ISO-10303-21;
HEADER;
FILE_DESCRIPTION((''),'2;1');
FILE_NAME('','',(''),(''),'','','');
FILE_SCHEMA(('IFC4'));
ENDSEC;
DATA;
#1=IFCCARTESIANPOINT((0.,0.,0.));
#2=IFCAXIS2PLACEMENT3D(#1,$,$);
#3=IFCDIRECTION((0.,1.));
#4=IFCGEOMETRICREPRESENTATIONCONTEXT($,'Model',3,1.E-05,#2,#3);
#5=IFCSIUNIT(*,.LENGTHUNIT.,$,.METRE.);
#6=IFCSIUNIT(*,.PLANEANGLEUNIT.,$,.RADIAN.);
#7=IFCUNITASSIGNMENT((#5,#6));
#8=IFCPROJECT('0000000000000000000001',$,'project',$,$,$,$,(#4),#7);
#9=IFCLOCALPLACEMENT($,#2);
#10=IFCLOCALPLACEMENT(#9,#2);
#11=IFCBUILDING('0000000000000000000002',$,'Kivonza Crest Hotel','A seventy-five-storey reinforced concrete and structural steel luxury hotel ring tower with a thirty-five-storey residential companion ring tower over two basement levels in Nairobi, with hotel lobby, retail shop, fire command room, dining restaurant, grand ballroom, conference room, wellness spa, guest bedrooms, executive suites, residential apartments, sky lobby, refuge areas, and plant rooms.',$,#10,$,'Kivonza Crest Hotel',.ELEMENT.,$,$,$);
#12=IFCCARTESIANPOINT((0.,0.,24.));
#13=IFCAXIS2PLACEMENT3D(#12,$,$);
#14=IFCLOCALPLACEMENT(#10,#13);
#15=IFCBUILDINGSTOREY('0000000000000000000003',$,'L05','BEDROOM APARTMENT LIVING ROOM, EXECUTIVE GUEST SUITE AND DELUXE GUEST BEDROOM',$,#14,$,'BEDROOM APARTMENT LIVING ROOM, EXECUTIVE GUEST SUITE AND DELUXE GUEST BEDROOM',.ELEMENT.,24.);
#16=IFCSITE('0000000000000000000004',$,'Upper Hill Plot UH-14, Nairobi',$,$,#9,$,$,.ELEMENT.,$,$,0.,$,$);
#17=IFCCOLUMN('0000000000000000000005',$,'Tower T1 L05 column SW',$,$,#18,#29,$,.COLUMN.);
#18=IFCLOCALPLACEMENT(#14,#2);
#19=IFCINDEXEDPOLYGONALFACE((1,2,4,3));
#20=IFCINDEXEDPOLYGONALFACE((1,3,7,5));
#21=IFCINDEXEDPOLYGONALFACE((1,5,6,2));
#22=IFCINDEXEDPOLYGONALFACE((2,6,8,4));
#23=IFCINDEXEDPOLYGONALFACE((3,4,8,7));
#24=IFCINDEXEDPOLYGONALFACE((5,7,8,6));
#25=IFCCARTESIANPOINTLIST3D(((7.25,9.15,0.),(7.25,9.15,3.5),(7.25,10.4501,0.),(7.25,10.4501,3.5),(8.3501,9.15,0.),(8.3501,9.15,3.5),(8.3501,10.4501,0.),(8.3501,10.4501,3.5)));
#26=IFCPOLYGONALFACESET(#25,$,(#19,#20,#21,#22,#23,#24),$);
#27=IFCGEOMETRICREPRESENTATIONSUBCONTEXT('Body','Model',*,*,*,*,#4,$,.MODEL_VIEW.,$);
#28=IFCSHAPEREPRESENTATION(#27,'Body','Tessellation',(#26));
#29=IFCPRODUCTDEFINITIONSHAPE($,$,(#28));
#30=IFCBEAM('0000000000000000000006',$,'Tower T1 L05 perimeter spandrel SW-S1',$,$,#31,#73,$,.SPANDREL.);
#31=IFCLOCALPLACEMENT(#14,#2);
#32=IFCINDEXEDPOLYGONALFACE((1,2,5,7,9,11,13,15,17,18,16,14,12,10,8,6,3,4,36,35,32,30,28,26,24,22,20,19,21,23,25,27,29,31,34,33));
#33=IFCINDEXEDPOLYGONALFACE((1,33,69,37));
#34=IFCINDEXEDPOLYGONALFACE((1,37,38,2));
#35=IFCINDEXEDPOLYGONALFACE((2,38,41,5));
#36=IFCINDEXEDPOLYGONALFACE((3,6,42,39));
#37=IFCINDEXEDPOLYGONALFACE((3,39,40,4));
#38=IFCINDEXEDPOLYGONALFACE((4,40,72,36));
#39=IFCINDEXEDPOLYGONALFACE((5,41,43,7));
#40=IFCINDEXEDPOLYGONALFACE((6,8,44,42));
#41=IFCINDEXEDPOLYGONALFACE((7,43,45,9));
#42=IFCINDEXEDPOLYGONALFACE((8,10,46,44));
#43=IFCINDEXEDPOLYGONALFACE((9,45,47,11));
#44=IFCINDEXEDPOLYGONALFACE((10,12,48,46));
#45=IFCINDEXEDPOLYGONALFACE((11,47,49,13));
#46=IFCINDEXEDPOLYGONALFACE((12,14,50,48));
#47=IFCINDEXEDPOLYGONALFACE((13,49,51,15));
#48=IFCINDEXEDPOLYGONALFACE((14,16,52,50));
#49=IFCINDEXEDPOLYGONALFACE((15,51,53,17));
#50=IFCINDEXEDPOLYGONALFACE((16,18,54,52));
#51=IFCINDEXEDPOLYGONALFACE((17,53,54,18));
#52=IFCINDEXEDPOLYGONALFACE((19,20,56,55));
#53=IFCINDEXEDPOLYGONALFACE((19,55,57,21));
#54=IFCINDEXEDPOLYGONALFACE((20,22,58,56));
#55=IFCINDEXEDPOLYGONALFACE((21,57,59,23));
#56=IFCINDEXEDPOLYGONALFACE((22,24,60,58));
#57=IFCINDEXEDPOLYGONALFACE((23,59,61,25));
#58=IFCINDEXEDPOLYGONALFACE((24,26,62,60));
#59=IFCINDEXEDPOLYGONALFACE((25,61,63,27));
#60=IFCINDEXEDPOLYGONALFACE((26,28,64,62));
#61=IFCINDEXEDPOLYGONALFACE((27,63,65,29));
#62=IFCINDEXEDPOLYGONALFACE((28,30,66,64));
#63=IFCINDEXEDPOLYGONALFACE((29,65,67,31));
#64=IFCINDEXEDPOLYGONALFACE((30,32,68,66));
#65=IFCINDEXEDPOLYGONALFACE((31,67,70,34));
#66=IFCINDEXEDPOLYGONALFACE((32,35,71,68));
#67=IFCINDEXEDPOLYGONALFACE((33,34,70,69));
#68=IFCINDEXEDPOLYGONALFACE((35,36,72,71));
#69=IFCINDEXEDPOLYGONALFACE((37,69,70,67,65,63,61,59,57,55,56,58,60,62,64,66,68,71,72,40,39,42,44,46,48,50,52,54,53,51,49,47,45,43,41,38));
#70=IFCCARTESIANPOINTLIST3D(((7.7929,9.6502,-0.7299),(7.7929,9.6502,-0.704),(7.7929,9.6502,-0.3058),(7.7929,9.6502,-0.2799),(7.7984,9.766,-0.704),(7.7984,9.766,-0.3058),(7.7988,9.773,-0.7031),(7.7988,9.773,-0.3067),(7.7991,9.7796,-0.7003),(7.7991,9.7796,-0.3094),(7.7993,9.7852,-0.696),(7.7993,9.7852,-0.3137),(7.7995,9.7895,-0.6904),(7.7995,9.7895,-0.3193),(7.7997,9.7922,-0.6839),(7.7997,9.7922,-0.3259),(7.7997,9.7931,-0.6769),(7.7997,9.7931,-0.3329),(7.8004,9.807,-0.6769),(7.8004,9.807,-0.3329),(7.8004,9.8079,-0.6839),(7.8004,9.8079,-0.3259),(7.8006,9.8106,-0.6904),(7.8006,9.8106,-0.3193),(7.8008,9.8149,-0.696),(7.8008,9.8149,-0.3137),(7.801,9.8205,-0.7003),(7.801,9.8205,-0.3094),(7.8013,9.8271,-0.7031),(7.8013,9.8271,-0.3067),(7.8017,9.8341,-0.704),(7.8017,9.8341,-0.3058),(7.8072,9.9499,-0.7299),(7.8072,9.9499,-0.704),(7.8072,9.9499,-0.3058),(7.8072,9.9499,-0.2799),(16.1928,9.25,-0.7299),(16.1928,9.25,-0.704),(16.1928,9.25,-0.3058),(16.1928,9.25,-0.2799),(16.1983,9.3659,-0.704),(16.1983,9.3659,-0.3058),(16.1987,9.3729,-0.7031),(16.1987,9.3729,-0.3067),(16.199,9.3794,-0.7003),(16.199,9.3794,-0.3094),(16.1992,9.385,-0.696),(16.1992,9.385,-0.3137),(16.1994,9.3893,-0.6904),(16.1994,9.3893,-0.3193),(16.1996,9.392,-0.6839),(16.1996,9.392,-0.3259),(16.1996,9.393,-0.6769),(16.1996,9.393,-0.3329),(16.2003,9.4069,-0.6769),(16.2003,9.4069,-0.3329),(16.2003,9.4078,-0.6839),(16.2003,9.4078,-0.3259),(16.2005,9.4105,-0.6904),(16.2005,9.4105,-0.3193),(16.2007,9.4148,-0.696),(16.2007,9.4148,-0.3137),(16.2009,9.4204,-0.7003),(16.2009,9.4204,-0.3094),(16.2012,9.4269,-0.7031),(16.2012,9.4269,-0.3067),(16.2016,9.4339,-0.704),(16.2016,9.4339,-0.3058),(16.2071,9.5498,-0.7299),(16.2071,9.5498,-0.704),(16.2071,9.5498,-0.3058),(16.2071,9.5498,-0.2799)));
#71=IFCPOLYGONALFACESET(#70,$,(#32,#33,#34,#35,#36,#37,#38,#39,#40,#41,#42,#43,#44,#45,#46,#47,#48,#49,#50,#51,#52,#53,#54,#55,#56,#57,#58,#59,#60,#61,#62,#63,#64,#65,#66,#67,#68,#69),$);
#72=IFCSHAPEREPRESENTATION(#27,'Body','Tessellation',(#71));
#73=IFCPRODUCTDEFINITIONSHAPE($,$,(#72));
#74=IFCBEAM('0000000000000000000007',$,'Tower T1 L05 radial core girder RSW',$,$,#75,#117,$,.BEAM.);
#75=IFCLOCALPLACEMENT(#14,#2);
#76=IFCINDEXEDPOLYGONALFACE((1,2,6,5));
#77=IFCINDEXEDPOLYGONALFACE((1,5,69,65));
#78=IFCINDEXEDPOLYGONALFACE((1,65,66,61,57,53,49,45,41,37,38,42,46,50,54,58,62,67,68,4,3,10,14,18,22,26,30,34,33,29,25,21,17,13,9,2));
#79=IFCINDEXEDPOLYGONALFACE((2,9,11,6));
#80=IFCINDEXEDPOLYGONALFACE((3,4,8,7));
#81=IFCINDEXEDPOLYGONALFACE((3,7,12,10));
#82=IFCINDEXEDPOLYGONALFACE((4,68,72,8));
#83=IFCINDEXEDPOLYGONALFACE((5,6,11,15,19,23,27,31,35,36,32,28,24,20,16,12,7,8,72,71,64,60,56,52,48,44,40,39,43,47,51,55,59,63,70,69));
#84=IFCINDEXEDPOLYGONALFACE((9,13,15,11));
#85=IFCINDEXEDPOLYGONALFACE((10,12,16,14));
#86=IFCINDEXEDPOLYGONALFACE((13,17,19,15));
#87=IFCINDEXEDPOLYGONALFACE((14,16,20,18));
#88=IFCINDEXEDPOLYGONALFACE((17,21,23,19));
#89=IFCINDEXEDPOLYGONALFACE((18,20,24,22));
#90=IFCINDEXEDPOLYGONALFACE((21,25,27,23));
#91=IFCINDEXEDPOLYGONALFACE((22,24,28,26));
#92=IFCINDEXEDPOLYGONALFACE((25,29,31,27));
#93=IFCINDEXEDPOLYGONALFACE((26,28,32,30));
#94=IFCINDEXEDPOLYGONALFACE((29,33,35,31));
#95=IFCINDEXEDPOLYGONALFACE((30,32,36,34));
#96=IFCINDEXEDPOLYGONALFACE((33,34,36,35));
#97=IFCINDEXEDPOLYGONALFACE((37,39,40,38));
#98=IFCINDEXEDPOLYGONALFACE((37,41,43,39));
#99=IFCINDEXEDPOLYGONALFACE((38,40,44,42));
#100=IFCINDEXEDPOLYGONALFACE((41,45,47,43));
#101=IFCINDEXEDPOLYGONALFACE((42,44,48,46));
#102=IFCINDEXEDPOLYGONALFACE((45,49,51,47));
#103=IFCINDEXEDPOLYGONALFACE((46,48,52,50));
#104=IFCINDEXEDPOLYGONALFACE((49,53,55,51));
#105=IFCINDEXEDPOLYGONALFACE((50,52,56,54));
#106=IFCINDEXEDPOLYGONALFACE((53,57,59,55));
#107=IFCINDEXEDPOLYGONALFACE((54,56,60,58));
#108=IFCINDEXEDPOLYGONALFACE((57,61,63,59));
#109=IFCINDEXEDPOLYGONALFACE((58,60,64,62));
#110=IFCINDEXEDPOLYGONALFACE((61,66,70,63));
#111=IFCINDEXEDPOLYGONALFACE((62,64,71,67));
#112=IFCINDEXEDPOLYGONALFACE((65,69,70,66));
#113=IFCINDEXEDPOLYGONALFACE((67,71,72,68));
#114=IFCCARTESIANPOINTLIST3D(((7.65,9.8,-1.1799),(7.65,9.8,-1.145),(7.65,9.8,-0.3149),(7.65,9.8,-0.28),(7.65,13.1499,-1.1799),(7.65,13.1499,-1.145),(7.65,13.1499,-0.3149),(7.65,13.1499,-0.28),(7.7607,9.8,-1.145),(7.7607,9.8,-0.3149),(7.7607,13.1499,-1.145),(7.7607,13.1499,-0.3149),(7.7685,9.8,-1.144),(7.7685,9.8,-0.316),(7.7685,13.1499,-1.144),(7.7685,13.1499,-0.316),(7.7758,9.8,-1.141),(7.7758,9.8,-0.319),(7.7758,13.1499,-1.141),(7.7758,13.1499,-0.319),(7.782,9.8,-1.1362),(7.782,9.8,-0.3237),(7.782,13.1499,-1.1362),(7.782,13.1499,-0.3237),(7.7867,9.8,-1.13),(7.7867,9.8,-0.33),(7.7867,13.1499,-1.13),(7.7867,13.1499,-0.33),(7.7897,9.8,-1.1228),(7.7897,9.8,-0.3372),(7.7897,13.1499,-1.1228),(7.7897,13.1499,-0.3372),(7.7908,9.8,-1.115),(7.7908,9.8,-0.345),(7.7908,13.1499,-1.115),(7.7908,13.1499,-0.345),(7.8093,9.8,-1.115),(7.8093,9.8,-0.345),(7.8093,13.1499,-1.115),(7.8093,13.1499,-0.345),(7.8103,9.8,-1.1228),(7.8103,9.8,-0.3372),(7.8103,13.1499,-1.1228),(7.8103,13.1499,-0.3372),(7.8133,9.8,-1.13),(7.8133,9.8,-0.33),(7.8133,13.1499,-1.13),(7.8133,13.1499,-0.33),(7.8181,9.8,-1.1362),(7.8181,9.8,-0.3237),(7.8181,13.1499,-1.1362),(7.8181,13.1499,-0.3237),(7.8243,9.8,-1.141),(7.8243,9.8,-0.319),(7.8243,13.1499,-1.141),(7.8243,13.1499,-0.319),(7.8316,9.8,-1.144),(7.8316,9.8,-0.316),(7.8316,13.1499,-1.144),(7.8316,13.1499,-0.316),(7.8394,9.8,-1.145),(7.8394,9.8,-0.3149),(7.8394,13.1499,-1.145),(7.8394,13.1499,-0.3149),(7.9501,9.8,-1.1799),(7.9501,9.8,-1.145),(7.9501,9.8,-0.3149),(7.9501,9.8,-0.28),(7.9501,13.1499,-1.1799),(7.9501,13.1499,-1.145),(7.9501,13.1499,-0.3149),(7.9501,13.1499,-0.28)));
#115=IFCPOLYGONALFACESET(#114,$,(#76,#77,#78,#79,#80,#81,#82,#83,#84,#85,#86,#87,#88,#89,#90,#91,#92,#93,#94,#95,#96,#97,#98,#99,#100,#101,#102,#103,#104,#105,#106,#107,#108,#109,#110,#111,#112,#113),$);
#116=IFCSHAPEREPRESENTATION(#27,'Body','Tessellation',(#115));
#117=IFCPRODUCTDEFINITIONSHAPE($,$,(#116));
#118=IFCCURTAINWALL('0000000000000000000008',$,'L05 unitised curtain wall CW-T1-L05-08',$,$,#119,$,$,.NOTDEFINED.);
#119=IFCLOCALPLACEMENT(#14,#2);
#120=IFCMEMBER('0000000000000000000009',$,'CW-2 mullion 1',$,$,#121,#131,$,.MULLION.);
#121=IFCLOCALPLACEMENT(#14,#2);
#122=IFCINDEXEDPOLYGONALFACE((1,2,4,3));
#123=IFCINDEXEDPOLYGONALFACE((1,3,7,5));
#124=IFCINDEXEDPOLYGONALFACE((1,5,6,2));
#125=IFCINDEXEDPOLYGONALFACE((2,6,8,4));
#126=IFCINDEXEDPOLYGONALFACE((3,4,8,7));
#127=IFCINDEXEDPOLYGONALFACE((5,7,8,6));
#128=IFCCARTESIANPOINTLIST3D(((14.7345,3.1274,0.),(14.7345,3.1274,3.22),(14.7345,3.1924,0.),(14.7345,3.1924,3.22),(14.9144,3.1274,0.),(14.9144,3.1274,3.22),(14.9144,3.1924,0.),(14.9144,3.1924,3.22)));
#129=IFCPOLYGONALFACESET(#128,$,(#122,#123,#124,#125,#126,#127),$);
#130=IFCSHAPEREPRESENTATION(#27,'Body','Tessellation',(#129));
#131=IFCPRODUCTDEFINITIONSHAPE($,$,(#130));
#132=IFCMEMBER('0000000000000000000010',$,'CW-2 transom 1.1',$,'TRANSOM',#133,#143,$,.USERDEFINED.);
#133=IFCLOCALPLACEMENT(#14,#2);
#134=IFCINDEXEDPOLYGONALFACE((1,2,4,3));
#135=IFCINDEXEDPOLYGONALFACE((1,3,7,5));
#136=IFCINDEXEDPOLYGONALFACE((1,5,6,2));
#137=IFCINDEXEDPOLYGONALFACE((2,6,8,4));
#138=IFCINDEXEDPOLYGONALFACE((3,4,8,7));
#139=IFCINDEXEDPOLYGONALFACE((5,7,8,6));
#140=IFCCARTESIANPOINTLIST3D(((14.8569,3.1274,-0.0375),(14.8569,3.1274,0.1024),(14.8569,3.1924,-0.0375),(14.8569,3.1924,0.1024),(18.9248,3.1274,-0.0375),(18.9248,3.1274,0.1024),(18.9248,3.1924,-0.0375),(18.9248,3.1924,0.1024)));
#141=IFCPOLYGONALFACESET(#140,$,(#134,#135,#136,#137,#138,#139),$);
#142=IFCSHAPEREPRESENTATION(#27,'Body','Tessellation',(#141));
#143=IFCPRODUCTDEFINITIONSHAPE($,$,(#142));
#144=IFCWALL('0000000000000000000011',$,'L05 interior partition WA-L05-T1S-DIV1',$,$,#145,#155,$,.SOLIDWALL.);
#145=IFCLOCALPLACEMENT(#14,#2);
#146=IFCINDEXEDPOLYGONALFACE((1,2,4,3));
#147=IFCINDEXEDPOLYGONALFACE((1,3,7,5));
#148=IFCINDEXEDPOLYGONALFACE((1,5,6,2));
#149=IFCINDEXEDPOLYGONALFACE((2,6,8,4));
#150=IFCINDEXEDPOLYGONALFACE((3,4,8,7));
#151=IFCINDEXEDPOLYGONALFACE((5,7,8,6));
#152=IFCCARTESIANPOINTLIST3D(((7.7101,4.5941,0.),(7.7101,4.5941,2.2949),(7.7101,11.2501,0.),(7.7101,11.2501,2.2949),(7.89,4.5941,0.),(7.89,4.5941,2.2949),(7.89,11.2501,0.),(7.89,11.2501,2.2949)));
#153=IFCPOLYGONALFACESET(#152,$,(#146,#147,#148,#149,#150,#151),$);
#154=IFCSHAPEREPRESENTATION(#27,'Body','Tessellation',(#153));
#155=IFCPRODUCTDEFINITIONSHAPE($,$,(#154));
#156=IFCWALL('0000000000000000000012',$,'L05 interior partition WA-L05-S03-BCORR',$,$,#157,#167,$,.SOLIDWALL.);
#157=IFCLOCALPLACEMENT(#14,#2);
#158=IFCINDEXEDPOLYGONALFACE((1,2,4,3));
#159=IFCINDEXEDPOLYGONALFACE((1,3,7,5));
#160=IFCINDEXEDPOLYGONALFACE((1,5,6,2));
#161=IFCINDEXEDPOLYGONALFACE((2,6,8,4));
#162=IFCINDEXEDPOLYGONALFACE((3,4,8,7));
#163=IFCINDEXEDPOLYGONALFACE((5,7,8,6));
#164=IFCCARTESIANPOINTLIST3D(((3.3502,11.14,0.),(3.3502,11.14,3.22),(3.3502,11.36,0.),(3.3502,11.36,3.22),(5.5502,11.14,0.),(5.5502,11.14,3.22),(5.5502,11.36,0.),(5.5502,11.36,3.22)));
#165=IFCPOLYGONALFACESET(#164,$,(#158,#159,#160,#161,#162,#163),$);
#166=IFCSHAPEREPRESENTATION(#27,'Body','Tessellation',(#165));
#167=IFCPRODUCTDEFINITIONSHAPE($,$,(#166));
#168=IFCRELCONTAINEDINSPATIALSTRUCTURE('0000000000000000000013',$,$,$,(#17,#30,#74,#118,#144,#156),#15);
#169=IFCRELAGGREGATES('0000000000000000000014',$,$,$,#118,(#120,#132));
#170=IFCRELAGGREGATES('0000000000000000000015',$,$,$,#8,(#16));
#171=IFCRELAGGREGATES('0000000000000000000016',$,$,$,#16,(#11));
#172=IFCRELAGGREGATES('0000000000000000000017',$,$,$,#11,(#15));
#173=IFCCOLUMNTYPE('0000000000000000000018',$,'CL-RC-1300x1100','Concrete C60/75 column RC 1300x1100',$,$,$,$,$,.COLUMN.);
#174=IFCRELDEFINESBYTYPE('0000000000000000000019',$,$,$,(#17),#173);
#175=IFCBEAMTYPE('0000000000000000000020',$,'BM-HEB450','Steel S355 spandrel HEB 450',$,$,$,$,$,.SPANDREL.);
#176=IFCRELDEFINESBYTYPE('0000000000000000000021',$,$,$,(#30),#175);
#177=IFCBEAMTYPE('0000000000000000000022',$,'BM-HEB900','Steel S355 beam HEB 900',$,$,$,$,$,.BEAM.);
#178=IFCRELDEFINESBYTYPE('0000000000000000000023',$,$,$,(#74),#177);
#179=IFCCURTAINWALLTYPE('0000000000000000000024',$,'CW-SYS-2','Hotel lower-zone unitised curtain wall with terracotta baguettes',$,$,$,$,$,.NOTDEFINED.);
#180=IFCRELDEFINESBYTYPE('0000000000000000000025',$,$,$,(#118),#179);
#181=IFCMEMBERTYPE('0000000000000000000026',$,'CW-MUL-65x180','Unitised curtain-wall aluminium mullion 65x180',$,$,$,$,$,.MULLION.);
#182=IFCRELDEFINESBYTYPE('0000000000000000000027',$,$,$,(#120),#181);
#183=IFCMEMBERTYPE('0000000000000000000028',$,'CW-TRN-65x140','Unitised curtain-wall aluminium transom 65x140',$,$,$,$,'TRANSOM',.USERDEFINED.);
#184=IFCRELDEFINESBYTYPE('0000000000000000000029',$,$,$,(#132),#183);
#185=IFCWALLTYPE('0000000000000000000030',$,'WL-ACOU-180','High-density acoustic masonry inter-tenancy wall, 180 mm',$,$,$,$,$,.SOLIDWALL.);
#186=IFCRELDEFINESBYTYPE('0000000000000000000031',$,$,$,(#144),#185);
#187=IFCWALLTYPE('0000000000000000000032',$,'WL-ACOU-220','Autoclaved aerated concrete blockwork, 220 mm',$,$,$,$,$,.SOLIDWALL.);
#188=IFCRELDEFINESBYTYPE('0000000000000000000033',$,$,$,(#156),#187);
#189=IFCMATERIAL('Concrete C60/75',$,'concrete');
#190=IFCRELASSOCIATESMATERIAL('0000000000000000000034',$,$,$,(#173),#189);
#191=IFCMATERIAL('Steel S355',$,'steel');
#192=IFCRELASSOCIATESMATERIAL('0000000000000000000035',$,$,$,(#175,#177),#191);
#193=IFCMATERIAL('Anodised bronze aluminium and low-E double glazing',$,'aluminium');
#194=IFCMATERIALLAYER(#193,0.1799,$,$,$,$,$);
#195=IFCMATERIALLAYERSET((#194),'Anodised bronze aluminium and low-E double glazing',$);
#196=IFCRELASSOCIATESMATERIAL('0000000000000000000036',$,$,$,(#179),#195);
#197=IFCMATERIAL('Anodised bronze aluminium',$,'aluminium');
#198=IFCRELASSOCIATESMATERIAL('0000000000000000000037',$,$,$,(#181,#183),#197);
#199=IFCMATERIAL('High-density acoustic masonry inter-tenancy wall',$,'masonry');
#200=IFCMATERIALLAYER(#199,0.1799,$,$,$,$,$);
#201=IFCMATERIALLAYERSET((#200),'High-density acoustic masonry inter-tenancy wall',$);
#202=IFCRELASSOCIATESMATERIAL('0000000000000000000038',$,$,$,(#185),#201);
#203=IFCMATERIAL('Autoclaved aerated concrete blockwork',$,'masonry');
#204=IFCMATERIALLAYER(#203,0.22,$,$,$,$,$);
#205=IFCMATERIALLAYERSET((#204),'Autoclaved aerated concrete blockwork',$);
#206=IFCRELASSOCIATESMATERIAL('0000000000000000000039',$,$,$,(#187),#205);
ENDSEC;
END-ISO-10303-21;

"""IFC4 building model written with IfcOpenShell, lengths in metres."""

from ifc_helpers import new_model, si_unit, direction, frame, frame_2d, origin, origin_2d, place, context, subcontext, project, spatial, rectangle, i_section, extrude, material, layer, layer_set, material_profile, profile_set, type_object, element, aggregate, save


model = new_model("IFC4")

# Units and contexts
model_context = context("Model", 3, precision=1e-05, world=origin(), true_north=direction((0.0, 1.0)))
body_context = subcontext(model_context, "Body", "Model", "MODEL_VIEW")
ifc_project = project(units=[si_unit("LENGTHUNIT", "METRE"), si_unit("PLANEANGLEUNIT", "RADIAN")], contexts=[model_context])

# Site, building, storey
site_placement = place(None, origin())
site = spatial("IfcSite", under=ifc_project, at=site_placement, Name="Upper Hill Plot UH-14, Nairobi", CompositionType="ELEMENT", RefElevation=0.0)
building_placement = place(site_placement, origin())
building = spatial("IfcBuilding", under=site, at=building_placement, Name="Kivonza Crest Hotel", Description="A seventy-five-storey reinforced concrete and structural steel luxury hotel ring tower with a thirty-five-storey residential companion ring tower over two basement levels in Nairobi, with hotel lobby, retail shop, fire command room, dining restaurant, grand ballroom, conference room, wellness spa, guest bedrooms, executive suites, residential apartments, sky lobby, refuge areas, and plant rooms.", LongName="Kivonza Crest Hotel", CompositionType="ELEMENT")
storey_placement = place(building_placement, frame((0.0, 0.0, 24.0)))
storey = spatial("IfcBuildingStorey", under=building, at=storey_placement, Name="L05", Description="BEDROOM APARTMENT LIVING ROOM, EXECUTIVE GUEST SUITE AND DELUXE GUEST BEDROOM", LongName="BEDROOM APARTMENT LIVING ROOM, EXECUTIVE GUEST SUITE AND DELUXE GUEST BEDROOM", CompositionType="ELEMENT", Elevation=24.0)

# Column
ifc_material_1 = material(Name="Concrete C60/75", Category="concrete")
ifc_material_profile_1 = material_profile(ifc_material_1, rectangle(XDim=1.1001, YDim=1.3, at=origin_2d()), Name="RC 1300x1100")
ifc_profile_set_1 = profile_set([ifc_material_profile_1], Name="Concrete C60/75")
column_type = type_object("IfcColumnType", Name="CL-RC-1300x1100", Description="Concrete C60/75 column RC 1300x1100", PredefinedType="COLUMN", material=ifc_profile_set_1)
column_placement = place(storey_placement, frame((7.8, 9.8, 0.0), z_axis=(0.0, 0.0, 1.0), x_axis=(1.0, 0.0, 0.0)))
element("IfcColumn", 1, at=column_placement, inside=storey, type_object=column_type, Name="Tower T1 L05 column SW", PredefinedType="COLUMN", context=body_context, shape_type="SweptSolid", body=[
    extrude(rectangle(XDim=1.1001, YDim=1.3, at=origin_2d()), origin(), (0.0, 0.0, 1.0), 3.5),
])

# Beams
ifc_material_2 = material(Name="Steel S355", Category="steel")
ifc_material_profile_2 = material_profile(ifc_material_2, i_section(OverallWidth=0.3, OverallDepth=0.45, WebThickness=0.0139, FlangeThickness=0.0259, FilletRadius=0.0271, at=origin_2d()), Name="HEB 450")
ifc_profile_set_2 = profile_set([ifc_material_profile_2], Name="Steel S355")
beam_type_1 = type_object("IfcBeamType", Name="BM-HEB450", Description="Steel S355 spandrel HEB 450", PredefinedType="SPANDREL", material=ifc_profile_set_2)
beam_1_placement = place(storey_placement, frame((7.8, 9.8, -0.5049), z_axis=(0.998867, -0.047583, 0.0), x_axis=(0.047583, 0.998867, 0.0)))
element("IfcBeam", 2, at=beam_1_placement, inside=storey, type_object=beam_type_1, Name="Tower T1 L05 perimeter spandrel SW-S1", PredefinedType="SPANDREL", context=body_context, shape_type="SweptSolid", body=[
    extrude(i_section(OverallWidth=0.3, OverallDepth=0.45, WebThickness=0.0139, FlangeThickness=0.0259, FilletRadius=0.0271, at=origin_2d()), origin(), (0.0, 0.0, 1.0), 8.4094),
])
ifc_material_profile_3 = material_profile(ifc_material_2, i_section(OverallWidth=0.3, OverallDepth=0.8999, WebThickness=0.0186, FlangeThickness=0.0349, FilletRadius=0.03, at=origin_2d()), Name="HEB 900")
ifc_profile_set_3 = profile_set([ifc_material_profile_3], Name="Steel S355")
beam_type_2 = type_object("IfcBeamType", Name="BM-HEB900", Description="Steel S355 beam HEB 900", PredefinedType="BEAM", material=ifc_profile_set_3)
beam_2_placement = place(storey_placement, frame((7.8, 9.8, -0.73), z_axis=(0.0, 1.0, 0.0), x_axis=(-1.0, 0.0, 0.0)))
element("IfcBeam", 3, at=beam_2_placement, inside=storey, type_object=beam_type_2, Name="Tower T1 L05 radial core girder RSW", PredefinedType="BEAM", context=body_context, shape_type="SweptSolid", body=[
    extrude(i_section(OverallWidth=0.3, OverallDepth=0.8999, WebThickness=0.0186, FlangeThickness=0.0349, FilletRadius=0.03, at=origin_2d()), origin(), (0.0, 0.0, 1.0), 3.3499),
])

# Curtain wall, members
ifc_material_3 = material(Name="Anodised bronze aluminium and low-E double glazing", Category="aluminium")
ifc_layer_1 = layer(ifc_material_3, 0.1799)
ifc_layer_set_1 = layer_set([ifc_layer_1], Name="Anodised bronze aluminium and low-E double glazing")
curtain_wall_type = type_object("IfcCurtainWallType", Name="CW-SYS-2", Description="Hotel lower-zone unitised curtain wall with terracotta baguettes", PredefinedType="NOTDEFINED", material=ifc_layer_set_1)
curtain_wall_placement = place(storey_placement, origin())
curtain_wall = element("IfcCurtainWall", 4, at=curtain_wall_placement, inside=storey, type_object=curtain_wall_type, Name="L05 unitised curtain wall CW-T1-L05-08", PredefinedType="NOTDEFINED")
ifc_material_4 = material(Name="Anodised bronze aluminium", Category="aluminium")
ifc_material_profile_4 = material_profile(ifc_material_4, rectangle(XDim=0.0649, YDim=0.1799, at=origin_2d()), Name="CW-M 65x180")
ifc_profile_set_4 = profile_set([ifc_material_profile_4], Name="Anodised bronze aluminium")
member_type_1 = type_object("IfcMemberType", Name="CW-MUL-65x180", Description="Unitised curtain-wall aluminium mullion 65x180", PredefinedType="MULLION", material=ifc_profile_set_4)
member_1_placement = place(storey_placement, frame((14.8245, 3.1599, 0.0), z_axis=(0.0, 0.0, 1.0), x_axis=(0.0, 1.0, 0.0)))
member_1 = element("IfcMember", 5, at=member_1_placement, type_object=member_type_1, Name="CW-2 mullion 1", PredefinedType="MULLION", context=body_context, shape_type="SweptSolid", body=[
    extrude(rectangle(XDim=0.0649, YDim=0.1799, at=origin_2d()), origin(), (0.0, 0.0, 1.0), 3.22),
])
ifc_material_profile_5 = material_profile(ifc_material_4, rectangle(XDim=0.0649, YDim=0.1399, at=origin_2d()), Name="CW-T 65x140")
ifc_profile_set_5 = profile_set([ifc_material_profile_5], Name="Anodised bronze aluminium")
member_type_2 = type_object("IfcMemberType", Name="CW-TRN-65x140", Description="Unitised curtain-wall aluminium transom 65x140", ElementType="TRANSOM", PredefinedType="USERDEFINED", material=ifc_profile_set_5)
member_2_placement = place(storey_placement, frame((14.8569, 3.1599, 0.0325), z_axis=(1.0, 0.0, 0.0), x_axis=(0.0, 1.0, 0.0)))
member_2 = element("IfcMember", 6, at=member_2_placement, type_object=member_type_2, Name="CW-2 transom 1.1", ObjectType="TRANSOM", PredefinedType="USERDEFINED", context=body_context, shape_type="SweptSolid", body=[
    extrude(rectangle(XDim=0.0649, YDim=0.1399, at=origin_2d()), origin(), (0.0, 0.0, 1.0), 4.0679),
])
aggregate(curtain_wall, [member_1, member_2])

# Walls
ifc_material_5 = material(Name="High-density acoustic masonry inter-tenancy wall", Category="masonry")
ifc_layer_2 = layer(ifc_material_5, 0.1799)
ifc_layer_set_2 = layer_set([ifc_layer_2], Name="High-density acoustic masonry inter-tenancy wall")
wall_type_1 = type_object("IfcWallType", Name="WL-ACOU-180", Description="High-density acoustic masonry inter-tenancy wall, 180 mm", PredefinedType="SOLIDWALL", material=ifc_layer_set_2)
wall_1_placement = place(storey_placement, frame((7.8, 4.594, 0.0), z_axis=(0.0, 0.0, 1.0), x_axis=(0.0, 1.0, 0.0)))
element("IfcWall", 7, at=wall_1_placement, inside=storey, type_object=wall_type_1, Name="L05 interior partition WA-L05-T1S-DIV1", PredefinedType="SOLIDWALL", context=body_context, shape_type="SweptSolid", body=[
    extrude(rectangle(XDim=6.656, YDim=0.1799, at=frame_2d((3.3281, 0.0))), origin(), (0.0, 0.0, 1.0), 2.2949),
])
ifc_material_6 = material(Name="Autoclaved aerated concrete blockwork", Category="masonry")
ifc_layer_3 = layer(ifc_material_6, 0.22)
ifc_layer_set_3 = layer_set([ifc_layer_3], Name="Autoclaved aerated concrete blockwork")
wall_type_2 = type_object("IfcWallType", Name="WL-ACOU-220", Description="Autoclaved aerated concrete blockwork, 220 mm", PredefinedType="SOLIDWALL", material=ifc_layer_set_3)
wall_2_placement = place(storey_placement, frame((3.3501, 11.25, 0.0), z_axis=(0.0, 0.0, 1.0), x_axis=(1.0, 0.0, 0.0)))
element("IfcWall", 8, at=wall_2_placement, inside=storey, type_object=wall_type_2, Name="L05 interior partition WA-L05-S03-BCORR", PredefinedType="SOLIDWALL", context=body_context, shape_type="SweptSolid", body=[
    extrude(rectangle(XDim=2.2, YDim=0.22, at=frame_2d((1.1001, 0.0))), origin(), (0.0, 0.0, 1.0), 3.22),
])

save(model, "model.ifc")
